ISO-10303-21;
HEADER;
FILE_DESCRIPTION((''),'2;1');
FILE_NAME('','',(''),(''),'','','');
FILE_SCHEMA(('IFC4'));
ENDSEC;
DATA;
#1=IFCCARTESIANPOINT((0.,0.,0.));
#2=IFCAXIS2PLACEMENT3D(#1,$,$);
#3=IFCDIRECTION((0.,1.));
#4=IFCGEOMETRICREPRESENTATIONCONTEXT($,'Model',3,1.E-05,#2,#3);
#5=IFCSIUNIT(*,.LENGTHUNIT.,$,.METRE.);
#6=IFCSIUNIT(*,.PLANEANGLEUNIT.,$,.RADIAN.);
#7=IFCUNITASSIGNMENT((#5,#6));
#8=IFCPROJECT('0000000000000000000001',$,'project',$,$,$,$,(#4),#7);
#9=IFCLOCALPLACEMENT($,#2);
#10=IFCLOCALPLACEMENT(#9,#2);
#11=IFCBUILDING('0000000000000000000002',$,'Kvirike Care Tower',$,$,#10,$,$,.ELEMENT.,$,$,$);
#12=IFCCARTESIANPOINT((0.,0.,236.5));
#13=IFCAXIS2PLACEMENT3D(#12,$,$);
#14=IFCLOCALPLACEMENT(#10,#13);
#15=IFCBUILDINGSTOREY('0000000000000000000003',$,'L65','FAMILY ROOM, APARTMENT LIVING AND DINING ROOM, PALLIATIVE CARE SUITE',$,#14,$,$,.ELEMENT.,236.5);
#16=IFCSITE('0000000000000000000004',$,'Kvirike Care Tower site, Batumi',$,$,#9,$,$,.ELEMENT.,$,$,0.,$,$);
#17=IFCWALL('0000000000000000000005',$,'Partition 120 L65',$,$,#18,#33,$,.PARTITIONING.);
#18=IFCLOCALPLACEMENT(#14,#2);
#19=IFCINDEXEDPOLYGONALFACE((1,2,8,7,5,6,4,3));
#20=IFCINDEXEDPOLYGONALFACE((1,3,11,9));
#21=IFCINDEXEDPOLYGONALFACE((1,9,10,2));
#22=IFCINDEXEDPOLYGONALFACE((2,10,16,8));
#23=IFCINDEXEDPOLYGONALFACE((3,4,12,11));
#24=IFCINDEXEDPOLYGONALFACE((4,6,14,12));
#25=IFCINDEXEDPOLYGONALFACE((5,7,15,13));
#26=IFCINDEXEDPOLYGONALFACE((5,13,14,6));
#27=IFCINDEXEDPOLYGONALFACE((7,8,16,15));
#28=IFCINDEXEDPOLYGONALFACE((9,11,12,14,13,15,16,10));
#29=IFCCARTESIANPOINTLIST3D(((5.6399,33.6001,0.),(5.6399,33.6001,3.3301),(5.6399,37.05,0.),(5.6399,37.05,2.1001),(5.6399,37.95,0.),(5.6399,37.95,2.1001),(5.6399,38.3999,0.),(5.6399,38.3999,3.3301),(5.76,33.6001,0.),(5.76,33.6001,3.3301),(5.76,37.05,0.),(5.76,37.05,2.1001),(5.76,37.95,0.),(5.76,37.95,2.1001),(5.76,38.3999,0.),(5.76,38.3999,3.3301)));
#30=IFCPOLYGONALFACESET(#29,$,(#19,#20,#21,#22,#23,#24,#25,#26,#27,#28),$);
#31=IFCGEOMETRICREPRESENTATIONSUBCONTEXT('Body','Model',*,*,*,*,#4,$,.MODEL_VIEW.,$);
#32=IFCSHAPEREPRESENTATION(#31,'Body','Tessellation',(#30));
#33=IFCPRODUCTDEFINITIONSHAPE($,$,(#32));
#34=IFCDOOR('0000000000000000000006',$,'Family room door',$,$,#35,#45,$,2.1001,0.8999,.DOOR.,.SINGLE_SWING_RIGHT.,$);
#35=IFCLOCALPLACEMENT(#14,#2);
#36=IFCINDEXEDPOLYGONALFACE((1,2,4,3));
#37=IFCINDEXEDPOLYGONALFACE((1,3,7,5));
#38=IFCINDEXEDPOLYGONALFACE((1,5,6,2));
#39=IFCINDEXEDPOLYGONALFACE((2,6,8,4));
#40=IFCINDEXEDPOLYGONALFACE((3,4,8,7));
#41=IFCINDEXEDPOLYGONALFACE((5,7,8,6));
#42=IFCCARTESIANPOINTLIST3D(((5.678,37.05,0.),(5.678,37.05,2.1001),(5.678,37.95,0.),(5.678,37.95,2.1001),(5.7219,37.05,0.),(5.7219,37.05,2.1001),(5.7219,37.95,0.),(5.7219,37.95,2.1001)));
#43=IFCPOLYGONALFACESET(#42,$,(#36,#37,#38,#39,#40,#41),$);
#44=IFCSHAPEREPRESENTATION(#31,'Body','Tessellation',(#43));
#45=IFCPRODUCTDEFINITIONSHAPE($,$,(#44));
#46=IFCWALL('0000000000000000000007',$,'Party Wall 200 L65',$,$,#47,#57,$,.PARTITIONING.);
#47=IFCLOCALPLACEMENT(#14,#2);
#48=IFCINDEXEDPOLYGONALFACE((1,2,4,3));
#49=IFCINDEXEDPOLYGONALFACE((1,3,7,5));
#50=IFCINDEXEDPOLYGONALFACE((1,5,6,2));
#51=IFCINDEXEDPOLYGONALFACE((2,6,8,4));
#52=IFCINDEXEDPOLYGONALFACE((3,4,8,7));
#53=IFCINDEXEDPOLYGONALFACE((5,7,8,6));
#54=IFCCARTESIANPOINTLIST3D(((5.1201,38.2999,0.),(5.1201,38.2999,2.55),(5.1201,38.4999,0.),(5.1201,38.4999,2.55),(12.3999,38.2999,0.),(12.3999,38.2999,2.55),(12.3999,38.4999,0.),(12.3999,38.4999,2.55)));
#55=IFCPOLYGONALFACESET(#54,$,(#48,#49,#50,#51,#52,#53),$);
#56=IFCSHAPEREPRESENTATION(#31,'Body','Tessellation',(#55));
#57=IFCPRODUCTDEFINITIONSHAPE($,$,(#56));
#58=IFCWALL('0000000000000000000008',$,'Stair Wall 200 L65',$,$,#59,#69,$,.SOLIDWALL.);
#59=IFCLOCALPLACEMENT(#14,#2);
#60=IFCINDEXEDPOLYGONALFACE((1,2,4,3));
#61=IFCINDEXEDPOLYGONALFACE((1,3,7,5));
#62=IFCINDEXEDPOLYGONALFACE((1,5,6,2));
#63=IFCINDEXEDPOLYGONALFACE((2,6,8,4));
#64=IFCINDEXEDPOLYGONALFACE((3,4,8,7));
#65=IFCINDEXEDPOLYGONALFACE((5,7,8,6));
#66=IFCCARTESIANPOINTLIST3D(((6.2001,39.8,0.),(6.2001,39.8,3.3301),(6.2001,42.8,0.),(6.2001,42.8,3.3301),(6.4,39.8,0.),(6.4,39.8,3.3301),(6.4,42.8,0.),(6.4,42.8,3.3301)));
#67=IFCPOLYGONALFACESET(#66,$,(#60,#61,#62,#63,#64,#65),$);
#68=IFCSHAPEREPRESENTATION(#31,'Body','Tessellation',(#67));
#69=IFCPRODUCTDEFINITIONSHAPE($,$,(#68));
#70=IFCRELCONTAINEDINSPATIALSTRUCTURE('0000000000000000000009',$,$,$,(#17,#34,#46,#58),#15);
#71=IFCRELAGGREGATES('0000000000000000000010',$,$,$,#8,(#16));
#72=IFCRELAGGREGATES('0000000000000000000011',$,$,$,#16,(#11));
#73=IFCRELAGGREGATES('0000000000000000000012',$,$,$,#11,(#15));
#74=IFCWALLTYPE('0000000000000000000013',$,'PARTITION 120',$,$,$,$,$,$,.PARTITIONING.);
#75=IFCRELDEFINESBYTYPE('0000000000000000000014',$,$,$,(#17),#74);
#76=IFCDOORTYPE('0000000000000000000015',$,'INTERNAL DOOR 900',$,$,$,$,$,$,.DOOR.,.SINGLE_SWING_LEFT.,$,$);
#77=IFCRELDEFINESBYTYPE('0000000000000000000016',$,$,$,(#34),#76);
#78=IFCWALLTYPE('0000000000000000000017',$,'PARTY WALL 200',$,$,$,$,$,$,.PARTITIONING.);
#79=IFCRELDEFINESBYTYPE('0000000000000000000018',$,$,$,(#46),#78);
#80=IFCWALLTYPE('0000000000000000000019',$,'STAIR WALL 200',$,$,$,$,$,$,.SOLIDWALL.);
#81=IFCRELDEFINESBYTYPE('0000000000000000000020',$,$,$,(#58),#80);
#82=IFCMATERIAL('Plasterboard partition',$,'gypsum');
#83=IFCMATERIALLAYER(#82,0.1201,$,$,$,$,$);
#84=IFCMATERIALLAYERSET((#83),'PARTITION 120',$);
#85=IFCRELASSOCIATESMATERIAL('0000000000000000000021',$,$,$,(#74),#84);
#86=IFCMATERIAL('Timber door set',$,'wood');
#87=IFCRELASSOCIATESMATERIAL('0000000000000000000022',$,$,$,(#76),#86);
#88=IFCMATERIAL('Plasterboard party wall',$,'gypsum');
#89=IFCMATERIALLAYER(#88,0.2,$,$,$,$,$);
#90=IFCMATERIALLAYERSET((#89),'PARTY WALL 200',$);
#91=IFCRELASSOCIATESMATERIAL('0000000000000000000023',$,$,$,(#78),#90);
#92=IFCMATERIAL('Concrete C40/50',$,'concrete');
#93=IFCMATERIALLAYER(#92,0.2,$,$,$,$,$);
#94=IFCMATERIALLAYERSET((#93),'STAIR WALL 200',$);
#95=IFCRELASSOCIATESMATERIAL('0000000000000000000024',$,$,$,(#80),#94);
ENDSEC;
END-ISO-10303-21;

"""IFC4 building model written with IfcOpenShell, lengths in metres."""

from ifc_helpers import new_model, si_unit, direction, frame, frame_2d, origin, place, context, subcontext, project, spatial, rectangle, extrude, material, layer, layer_set, type_object, element, fill, save


model = new_model("IFC4")

# Units and contexts
model_context = context("Model", 3, precision=1e-05, world=origin(), true_north=direction((0.0, 1.0)))
body_context = subcontext(model_context, "Body", "Model", "MODEL_VIEW")
ifc_project = project(units=[si_unit("LENGTHUNIT", "METRE"), si_unit("PLANEANGLEUNIT", "RADIAN")], contexts=[model_context])

# Site, building, storey
site_placement = place(None, origin())
site = spatial("IfcSite", under=ifc_project, at=site_placement, Name="Kvirike Care Tower site, Batumi", CompositionType="ELEMENT", RefElevation=0.0)
building_placement = place(site_placement, origin())
building = spatial("IfcBuilding", under=site, at=building_placement, Name="Kvirike Care Tower", CompositionType="ELEMENT")
storey_placement = place(building_placement, frame((0.0, 0.0, 236.5)))
storey = spatial("IfcBuildingStorey", under=building, at=storey_placement, Name="L65", Description="FAMILY ROOM, APARTMENT LIVING AND DINING ROOM, PALLIATIVE CARE SUITE", CompositionType="ELEMENT", Elevation=236.5)

# Wall, opening, door
ifc_material_1 = material(Name="Plasterboard partition", Category="gypsum")
ifc_layer_1 = layer(ifc_material_1, 0.1201)
ifc_layer_set_1 = layer_set([ifc_layer_1], Name="PARTITION 120")
wall_type_1 = type_object("IfcWallType", Name="PARTITION 120", PredefinedType="PARTITIONING", material=ifc_layer_set_1)
wall_1_placement = place(storey_placement, frame((5.7, 38.3999, 0.0), z_axis=(0.0, 0.0, 1.0), x_axis=(0.0, -1.0, 0.0)))
wall_1 = element("IfcWall", 1, at=wall_1_placement, inside=storey, type_object=wall_type_1, Name="Partition 120 L65", PredefinedType="PARTITIONING", context=body_context, shape_type="SweptSolid", body=[
    extrude(rectangle(XDim=4.7998, YDim=0.1201, at=frame_2d((2.3999, 0.0))), origin(), (0.0, 0.0, 1.0), 3.3301),
])
opening_placement = place(wall_1_placement, frame((0.45, 0.0, 0.0)))
opening = element("IfcOpeningElement", 2, at=opening_placement, cuts=wall_1, PredefinedType="OPENING", context=body_context, shape_type="SweptSolid", body=[
    extrude(rectangle(XDim=0.8999, YDim=2.1001, at=frame_2d((0.45, 1.05))), frame((0.0, 0.0706, 0.0), z_axis=(0.0, -1.0, 0.0), x_axis=(1.0, 0.0, 0.0)), (0.0, 0.0, 1.0), 0.1411),
])
ifc_material_2 = material(Name="Timber door set", Category="wood")
door_type = type_object("IfcDoorType", Name="INTERNAL DOOR 900", OperationType="SINGLE_SWING_LEFT", PredefinedType="DOOR", material=ifc_material_2)
door_placement = place(opening_placement, origin())
door = element("IfcDoor", 3, at=door_placement, inside=storey, type_object=door_type, Name="Family room door", OperationType="SINGLE_SWING_RIGHT", OverallHeight=2.1001, OverallWidth=0.8999, PredefinedType="DOOR", context=body_context, shape_type="SweptSolid", body=[
    extrude(rectangle(XDim=0.8999, YDim=2.1001, at=frame_2d((0.45, 1.05))), frame((0.0, 0.022, 0.0), z_axis=(0.0, -1.0, 0.0), x_axis=(1.0, 0.0, 0.0)), (0.0, 0.0, 1.0), 0.0439),
])
fill(opening, door)

# Walls
ifc_material_3 = material(Name="Plasterboard party wall", Category="gypsum")
ifc_layer_2 = layer(ifc_material_3, 0.2)
ifc_layer_set_2 = layer_set([ifc_layer_2], Name="PARTY WALL 200")
wall_type_2 = type_object("IfcWallType", Name="PARTY WALL 200", PredefinedType="PARTITIONING", material=ifc_layer_set_2)
wall_2_placement = place(storey_placement, frame((5.1201, 38.3999, 0.0), z_axis=(0.0, 0.0, 1.0), x_axis=(1.0, 0.0, 0.0)))
element("IfcWall", 4, at=wall_2_placement, inside=storey, type_object=wall_type_2, Name="Party Wall 200 L65", PredefinedType="PARTITIONING", context=body_context, shape_type="SweptSolid", body=[
    extrude(rectangle(XDim=7.2798, YDim=0.2, at=frame_2d((3.6399, 0.0))), origin(), (0.0, 0.0, 1.0), 2.55),
])
ifc_material_4 = material(Name="Concrete C40/50", Category="concrete")
ifc_layer_3 = layer(ifc_material_4, 0.2)
ifc_layer_set_3 = layer_set([ifc_layer_3], Name="STAIR WALL 200")
wall_type_3 = type_object("IfcWallType", Name="STAIR WALL 200", PredefinedType="SOLIDWALL", material=ifc_layer_set_3)
wall_3_placement = place(storey_placement, frame((6.3, 42.8, 0.0), z_axis=(0.0, 0.0, 1.0), x_axis=(0.0, -1.0, 0.0)))
element("IfcWall", 5, at=wall_3_placement, inside=storey, type_object=wall_type_3, Name="Stair Wall 200 L65", PredefinedType="SOLIDWALL", context=body_context, shape_type="SweptSolid", body=[
    extrude(rectangle(XDim=3.0, YDim=0.2, at=frame_2d((1.5, 0.0))), origin(), (0.0, 0.0, 1.0), 3.3301),
])

save(model, "model.ifc")
